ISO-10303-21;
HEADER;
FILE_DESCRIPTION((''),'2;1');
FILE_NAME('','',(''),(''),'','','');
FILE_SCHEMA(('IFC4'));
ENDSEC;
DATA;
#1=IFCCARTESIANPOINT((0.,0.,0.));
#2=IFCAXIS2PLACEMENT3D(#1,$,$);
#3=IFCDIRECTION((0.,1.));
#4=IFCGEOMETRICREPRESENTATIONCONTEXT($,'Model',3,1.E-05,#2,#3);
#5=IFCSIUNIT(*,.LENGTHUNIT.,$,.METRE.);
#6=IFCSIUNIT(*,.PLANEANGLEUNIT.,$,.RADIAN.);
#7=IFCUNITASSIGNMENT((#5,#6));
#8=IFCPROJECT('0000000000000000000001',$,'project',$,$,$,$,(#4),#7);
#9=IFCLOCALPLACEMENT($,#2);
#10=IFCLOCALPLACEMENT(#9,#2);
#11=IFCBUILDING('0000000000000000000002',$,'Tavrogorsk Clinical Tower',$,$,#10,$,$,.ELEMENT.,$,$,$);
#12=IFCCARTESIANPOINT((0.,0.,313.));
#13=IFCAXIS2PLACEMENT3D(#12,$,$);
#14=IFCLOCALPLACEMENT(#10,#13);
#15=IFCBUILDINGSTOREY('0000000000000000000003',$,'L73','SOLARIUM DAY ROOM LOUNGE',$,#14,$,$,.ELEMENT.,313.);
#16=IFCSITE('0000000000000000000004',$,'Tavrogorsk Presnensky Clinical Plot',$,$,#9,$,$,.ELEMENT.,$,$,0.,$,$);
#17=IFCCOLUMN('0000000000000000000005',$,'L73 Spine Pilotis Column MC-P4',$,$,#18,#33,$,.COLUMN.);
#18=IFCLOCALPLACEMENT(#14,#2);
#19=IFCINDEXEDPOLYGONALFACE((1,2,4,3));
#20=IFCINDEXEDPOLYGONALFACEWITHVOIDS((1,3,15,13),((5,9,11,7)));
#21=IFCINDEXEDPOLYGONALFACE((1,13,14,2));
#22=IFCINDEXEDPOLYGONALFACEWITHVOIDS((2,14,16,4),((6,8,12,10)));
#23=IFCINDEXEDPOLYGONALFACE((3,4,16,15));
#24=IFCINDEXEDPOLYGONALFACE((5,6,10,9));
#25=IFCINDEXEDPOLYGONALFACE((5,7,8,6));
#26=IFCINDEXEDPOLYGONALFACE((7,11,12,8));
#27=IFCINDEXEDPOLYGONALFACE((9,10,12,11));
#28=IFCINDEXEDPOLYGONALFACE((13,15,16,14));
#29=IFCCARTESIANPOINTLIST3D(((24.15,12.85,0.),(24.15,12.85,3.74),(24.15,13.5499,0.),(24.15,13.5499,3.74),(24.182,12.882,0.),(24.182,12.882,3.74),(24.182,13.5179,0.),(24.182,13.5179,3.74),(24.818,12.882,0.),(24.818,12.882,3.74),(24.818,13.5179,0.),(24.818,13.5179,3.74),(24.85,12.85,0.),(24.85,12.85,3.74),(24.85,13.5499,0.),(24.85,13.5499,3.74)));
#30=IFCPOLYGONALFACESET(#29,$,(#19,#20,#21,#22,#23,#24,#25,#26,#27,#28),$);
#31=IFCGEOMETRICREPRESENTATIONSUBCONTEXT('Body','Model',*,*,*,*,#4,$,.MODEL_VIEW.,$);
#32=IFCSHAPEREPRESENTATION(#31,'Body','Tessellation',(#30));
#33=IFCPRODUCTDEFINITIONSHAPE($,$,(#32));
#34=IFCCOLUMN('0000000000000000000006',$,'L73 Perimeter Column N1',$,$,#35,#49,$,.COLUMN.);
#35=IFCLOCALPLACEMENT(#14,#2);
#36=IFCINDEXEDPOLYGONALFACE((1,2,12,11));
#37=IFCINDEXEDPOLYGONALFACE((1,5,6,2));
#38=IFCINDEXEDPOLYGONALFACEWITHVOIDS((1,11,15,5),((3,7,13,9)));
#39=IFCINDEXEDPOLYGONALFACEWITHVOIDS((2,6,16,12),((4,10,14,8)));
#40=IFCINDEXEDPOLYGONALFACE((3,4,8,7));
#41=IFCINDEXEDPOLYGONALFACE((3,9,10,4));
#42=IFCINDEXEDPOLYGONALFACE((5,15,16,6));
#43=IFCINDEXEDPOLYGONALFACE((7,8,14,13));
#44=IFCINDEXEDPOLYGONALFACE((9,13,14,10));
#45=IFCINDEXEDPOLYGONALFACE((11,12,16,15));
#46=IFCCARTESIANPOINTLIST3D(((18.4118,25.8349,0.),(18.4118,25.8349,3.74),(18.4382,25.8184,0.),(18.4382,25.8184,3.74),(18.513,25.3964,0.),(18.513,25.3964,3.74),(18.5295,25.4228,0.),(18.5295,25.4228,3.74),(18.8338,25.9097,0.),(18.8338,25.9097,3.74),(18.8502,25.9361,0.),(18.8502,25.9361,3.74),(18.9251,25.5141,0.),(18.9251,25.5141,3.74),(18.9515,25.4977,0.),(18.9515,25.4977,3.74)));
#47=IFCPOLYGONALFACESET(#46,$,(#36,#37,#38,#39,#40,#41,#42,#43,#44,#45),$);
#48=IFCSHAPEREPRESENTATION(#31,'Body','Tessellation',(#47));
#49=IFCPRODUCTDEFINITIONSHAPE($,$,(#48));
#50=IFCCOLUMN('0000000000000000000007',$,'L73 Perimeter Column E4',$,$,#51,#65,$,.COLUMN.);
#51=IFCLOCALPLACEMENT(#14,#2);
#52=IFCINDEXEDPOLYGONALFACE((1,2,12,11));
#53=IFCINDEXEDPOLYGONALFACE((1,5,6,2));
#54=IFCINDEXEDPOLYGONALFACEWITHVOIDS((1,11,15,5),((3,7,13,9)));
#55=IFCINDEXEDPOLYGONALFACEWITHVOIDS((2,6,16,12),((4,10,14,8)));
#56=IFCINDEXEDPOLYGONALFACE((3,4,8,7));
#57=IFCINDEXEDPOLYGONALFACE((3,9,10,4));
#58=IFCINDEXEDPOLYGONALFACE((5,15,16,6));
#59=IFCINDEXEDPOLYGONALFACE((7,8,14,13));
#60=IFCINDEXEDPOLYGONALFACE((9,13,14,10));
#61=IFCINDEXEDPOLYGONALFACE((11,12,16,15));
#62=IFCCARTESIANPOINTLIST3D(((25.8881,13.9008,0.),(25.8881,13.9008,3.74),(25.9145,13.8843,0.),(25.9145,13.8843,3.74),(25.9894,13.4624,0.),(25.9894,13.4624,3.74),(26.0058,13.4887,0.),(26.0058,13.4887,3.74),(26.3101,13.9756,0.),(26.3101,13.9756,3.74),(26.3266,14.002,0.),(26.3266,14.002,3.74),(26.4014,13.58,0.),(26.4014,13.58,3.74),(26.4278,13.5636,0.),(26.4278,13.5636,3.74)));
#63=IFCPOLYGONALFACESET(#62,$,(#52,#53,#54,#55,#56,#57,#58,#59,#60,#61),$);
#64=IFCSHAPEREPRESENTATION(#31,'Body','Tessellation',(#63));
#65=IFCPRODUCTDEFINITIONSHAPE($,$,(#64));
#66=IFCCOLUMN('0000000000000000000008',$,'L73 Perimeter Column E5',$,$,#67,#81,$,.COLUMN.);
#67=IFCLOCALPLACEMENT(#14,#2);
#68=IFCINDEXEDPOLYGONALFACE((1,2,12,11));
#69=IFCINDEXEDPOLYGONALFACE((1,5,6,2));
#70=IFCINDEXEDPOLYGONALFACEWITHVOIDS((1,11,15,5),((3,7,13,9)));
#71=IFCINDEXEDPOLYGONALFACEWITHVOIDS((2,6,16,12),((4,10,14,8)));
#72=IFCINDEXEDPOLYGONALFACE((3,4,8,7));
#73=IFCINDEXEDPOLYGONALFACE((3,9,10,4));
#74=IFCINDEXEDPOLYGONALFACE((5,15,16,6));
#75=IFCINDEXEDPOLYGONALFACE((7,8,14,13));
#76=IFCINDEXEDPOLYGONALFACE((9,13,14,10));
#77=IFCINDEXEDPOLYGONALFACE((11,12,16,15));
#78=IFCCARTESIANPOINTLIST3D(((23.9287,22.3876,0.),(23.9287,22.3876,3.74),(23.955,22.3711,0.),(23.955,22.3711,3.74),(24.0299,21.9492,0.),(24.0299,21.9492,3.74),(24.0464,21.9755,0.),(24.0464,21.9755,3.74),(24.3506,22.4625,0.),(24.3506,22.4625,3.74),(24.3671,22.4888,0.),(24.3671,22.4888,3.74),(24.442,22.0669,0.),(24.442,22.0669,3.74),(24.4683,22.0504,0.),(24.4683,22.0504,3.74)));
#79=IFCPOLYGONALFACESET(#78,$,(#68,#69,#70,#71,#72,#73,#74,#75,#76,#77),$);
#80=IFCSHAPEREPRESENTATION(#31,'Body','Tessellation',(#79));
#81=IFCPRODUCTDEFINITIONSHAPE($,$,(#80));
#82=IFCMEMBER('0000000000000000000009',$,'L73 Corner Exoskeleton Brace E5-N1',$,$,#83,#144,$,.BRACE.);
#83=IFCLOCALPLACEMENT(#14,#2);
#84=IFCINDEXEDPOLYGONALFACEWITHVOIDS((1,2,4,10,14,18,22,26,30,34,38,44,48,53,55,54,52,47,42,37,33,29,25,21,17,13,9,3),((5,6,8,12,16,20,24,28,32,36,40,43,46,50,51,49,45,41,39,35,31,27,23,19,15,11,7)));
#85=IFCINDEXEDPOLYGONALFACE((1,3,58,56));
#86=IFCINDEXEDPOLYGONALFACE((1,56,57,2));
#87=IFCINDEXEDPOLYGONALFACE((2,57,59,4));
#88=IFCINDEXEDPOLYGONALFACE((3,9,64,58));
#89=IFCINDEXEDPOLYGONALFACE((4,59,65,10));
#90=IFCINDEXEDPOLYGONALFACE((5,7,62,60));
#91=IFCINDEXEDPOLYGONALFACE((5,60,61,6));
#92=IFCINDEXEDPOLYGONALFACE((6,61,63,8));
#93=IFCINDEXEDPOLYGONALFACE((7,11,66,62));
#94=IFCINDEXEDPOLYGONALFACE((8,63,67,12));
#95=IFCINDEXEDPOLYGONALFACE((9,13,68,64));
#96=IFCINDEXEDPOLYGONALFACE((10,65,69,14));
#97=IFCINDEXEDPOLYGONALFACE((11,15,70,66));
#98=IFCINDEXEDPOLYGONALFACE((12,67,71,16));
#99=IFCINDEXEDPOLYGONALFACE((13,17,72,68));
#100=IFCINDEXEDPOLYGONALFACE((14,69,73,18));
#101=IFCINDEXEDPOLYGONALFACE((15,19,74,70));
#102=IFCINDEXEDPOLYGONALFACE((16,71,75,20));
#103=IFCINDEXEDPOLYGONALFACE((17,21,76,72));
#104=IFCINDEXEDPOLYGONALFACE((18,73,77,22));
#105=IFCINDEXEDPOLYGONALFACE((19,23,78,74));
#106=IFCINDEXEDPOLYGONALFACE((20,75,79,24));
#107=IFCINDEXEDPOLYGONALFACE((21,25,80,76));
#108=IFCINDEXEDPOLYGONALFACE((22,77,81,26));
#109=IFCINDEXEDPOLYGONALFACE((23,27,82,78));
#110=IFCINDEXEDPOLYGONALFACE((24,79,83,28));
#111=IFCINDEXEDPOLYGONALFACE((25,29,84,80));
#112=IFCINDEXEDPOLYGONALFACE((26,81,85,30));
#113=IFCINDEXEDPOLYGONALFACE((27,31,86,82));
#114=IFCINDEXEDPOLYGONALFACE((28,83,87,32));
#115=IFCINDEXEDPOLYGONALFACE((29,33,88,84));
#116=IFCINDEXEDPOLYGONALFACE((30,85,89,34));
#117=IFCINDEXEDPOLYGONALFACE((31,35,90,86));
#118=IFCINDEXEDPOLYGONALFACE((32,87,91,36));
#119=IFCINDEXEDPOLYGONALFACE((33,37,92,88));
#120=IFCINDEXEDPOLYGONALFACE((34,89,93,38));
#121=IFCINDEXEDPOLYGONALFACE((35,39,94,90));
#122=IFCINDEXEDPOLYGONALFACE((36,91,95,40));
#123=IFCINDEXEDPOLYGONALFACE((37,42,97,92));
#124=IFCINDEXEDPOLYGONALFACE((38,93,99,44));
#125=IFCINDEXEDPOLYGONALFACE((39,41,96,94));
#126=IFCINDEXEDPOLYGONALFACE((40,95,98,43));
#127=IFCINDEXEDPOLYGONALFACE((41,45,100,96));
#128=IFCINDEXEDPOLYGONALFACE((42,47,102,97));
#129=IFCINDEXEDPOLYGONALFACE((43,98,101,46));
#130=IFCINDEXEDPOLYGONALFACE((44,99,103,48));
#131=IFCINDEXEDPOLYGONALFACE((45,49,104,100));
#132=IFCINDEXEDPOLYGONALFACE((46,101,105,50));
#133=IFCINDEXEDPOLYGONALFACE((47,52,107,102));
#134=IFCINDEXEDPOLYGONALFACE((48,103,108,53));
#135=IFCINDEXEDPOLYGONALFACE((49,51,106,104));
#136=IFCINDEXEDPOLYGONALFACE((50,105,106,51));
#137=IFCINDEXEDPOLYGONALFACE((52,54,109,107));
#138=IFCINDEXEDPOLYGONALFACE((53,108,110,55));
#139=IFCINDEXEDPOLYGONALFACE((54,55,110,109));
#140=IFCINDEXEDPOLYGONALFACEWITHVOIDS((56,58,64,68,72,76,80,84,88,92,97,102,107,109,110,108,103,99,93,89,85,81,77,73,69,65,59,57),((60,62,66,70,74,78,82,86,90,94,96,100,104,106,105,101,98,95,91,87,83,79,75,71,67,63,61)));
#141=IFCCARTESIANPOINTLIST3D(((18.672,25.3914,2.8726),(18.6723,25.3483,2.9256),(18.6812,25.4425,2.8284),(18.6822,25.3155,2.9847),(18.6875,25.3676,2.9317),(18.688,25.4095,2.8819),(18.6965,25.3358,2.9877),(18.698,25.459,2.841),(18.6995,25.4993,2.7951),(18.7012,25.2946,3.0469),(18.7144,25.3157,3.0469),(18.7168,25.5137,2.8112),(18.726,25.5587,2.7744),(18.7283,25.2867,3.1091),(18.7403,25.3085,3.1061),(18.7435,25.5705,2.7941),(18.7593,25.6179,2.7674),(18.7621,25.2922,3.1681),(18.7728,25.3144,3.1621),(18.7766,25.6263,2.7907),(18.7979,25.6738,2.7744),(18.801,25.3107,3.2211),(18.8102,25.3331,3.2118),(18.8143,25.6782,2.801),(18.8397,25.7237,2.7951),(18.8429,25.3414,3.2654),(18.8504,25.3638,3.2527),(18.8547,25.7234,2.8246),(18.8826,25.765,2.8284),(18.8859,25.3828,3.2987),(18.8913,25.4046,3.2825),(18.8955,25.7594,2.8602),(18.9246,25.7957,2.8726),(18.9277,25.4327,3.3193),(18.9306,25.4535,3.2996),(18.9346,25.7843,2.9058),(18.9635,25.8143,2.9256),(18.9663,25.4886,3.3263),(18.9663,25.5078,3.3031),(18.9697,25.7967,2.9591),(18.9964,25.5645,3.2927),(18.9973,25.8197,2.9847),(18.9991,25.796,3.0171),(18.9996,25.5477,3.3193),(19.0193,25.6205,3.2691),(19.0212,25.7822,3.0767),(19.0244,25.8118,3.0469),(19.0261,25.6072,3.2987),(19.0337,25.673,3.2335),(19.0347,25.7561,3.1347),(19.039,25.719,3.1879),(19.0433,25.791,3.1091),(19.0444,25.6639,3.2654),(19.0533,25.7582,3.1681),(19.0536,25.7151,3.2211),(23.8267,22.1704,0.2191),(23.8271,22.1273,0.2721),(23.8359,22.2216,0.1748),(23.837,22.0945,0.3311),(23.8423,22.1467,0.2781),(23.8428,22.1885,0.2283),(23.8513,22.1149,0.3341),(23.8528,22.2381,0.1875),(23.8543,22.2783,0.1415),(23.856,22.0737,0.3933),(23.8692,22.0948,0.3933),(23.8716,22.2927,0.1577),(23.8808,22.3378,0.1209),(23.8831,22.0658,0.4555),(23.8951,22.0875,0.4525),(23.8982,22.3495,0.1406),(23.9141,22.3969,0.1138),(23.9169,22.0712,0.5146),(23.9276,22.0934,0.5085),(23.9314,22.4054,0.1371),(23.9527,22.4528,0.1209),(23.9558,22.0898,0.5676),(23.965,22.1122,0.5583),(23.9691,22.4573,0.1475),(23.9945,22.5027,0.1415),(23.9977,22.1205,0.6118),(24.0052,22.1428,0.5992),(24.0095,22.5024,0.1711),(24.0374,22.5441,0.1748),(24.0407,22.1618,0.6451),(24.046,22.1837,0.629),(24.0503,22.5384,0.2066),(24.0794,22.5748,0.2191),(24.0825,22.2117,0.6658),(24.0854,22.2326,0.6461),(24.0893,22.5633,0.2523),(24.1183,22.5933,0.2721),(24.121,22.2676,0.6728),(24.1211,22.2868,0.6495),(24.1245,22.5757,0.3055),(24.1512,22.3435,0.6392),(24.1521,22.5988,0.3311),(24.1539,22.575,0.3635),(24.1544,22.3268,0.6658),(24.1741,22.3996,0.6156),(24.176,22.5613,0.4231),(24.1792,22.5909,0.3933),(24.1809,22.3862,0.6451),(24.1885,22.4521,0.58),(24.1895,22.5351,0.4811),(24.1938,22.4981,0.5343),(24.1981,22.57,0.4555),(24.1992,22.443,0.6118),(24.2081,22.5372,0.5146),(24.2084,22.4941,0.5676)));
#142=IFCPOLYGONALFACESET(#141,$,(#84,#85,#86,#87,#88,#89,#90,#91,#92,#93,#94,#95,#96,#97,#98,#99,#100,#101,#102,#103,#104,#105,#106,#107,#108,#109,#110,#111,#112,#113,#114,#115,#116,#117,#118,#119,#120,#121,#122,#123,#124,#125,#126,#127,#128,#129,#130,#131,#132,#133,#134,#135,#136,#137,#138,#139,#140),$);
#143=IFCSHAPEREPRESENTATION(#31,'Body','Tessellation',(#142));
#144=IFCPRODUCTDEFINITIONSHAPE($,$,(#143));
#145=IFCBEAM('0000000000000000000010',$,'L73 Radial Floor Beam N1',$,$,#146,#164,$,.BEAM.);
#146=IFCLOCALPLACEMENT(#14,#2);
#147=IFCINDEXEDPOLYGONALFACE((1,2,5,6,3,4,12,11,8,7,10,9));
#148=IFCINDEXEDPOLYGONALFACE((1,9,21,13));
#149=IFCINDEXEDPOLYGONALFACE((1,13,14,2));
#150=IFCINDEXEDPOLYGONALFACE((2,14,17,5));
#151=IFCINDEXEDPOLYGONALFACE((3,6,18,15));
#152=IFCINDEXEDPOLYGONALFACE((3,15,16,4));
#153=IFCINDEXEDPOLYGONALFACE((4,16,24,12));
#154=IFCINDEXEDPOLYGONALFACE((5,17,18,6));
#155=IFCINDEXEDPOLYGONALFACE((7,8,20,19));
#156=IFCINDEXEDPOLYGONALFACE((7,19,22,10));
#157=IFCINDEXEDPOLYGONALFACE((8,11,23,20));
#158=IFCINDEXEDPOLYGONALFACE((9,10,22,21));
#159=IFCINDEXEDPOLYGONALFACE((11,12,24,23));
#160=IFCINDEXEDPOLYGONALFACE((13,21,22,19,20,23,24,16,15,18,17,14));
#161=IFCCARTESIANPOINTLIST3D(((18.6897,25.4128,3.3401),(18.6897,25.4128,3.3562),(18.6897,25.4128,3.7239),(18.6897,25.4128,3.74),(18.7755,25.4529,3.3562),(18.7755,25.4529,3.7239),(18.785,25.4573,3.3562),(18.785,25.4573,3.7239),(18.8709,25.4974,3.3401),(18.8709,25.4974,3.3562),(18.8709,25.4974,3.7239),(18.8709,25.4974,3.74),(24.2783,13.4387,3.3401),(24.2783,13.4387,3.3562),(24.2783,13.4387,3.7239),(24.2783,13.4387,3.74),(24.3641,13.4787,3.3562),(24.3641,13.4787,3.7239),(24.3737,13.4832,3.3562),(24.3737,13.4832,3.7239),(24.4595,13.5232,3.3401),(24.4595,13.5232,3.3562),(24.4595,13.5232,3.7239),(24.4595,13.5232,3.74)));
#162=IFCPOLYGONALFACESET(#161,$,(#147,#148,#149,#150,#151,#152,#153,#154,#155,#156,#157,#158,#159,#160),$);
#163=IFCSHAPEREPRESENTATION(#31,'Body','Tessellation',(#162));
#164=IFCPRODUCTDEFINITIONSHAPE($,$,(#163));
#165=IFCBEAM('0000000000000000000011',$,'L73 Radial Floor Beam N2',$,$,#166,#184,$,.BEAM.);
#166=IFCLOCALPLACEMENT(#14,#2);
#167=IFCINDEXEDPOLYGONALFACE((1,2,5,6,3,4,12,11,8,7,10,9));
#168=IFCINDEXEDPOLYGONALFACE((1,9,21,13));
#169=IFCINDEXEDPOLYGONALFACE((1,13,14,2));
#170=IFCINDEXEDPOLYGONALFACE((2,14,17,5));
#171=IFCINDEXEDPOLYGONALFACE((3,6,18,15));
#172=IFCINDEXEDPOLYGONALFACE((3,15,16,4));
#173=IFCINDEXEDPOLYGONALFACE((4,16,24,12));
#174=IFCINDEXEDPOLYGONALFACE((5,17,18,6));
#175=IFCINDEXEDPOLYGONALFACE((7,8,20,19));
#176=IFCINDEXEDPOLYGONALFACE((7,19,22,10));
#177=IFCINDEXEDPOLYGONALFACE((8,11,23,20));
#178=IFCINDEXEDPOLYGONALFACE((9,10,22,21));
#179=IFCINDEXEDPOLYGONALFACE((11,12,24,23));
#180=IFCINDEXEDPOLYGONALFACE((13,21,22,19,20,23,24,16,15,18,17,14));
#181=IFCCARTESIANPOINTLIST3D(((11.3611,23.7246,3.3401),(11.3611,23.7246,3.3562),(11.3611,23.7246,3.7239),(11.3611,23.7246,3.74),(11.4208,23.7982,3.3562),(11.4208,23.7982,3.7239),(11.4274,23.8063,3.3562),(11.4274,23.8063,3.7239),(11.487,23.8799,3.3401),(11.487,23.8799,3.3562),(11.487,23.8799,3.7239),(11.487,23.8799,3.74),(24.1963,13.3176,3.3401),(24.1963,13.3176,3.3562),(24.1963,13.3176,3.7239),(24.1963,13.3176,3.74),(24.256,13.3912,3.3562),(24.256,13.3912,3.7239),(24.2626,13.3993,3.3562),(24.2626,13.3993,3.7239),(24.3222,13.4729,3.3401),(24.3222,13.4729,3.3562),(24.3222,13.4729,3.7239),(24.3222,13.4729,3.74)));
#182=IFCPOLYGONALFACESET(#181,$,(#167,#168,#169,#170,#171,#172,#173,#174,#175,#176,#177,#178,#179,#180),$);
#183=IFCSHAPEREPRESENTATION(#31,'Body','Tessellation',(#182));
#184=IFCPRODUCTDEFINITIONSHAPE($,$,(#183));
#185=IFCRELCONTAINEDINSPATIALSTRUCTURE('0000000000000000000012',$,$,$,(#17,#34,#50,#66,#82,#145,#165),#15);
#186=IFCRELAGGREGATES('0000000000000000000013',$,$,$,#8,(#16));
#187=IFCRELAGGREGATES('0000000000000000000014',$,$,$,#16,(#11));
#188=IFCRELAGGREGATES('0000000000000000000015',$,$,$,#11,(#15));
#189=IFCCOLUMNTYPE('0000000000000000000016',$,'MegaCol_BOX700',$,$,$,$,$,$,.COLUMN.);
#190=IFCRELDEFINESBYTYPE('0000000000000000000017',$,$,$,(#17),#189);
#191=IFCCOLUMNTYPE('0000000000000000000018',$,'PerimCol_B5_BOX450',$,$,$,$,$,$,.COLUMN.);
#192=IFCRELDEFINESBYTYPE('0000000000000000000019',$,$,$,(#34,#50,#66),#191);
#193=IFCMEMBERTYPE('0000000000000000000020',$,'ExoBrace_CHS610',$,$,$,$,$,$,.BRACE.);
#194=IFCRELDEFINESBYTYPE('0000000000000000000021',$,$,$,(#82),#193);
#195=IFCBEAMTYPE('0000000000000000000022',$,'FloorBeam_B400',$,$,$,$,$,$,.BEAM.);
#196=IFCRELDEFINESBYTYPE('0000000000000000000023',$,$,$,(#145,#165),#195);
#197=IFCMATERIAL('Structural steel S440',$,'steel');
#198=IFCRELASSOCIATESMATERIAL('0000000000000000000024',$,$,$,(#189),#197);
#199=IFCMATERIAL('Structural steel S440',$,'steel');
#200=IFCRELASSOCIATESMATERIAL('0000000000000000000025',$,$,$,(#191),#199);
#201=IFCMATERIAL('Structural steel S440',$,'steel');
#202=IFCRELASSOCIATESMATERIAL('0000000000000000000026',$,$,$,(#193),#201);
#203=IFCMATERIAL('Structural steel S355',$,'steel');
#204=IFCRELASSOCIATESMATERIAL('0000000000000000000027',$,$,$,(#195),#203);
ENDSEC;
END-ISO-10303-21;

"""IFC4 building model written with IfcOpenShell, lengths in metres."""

from ifc_helpers import new_model, si_unit, direction, frame, origin, origin_2d, place, context, subcontext, project, spatial, hollow_rectangle, hollow_circle, i_section, extrude, material, material_profile, profile_set, type_object, element, save


model = new_model("IFC4")

# Units and contexts
model_context = context("Model", 3, precision=1e-05, world=origin(), true_north=direction((0.0, 1.0)))
body_context = subcontext(model_context, "Body", "Model", "MODEL_VIEW")
ifc_project = project(units=[si_unit("LENGTHUNIT", "METRE"), si_unit("PLANEANGLEUNIT", "RADIAN")], contexts=[model_context])

# Site, building, storey
site_placement = place(None, origin())
site = spatial("IfcSite", under=ifc_project, at=site_placement, Name="Tavrogorsk Presnensky Clinical Plot", CompositionType="ELEMENT", RefElevation=0.0)
building_placement = place(site_placement, origin())
building = spatial("IfcBuilding", under=site, at=building_placement, Name="Tavrogorsk Clinical Tower", CompositionType="ELEMENT")
storey_placement = place(building_placement, frame((0.0, 0.0, 313.0)))
storey = spatial("IfcBuildingStorey", under=building, at=storey_placement, Name="L73", Description="SOLARIUM DAY ROOM LOUNGE", CompositionType="ELEMENT", Elevation=313.0)

# Columns
ifc_material_1 = material(Name="Structural steel S440", Category="steel")
ifc_material_profile_1 = material_profile(ifc_material_1, hollow_rectangle(XDim=0.7, YDim=0.7, WallThickness=0.032, at=origin_2d()), Name="BOX-700x700x32")
ifc_profile_set_1 = profile_set([ifc_material_profile_1], Name="Structural steel S440")
column_type_1 = type_object("IfcColumnType", Name="MegaCol_BOX700", PredefinedType="COLUMN", material=ifc_profile_set_1)
column_placement = place(storey_placement, frame((24.5, 13.2, 0.0), z_axis=(0.0, 0.0, 1.0), x_axis=(1.0, 0.0, 0.0)))
element("IfcColumn", 1, at=column_placement, inside=storey, type_object=column_type_1, Name="L73 Spine Pilotis Column MC-P4", PredefinedType="COLUMN", context=body_context, shape_type="SweptSolid", body=[
    extrude(hollow_rectangle(XDim=0.7, YDim=0.7, WallThickness=0.032, at=origin_2d()), origin(), (0.0, 0.0, 1.0), 3.74),
])
ifc_material_2 = material(Name="Structural steel S440", Category="steel")
ifc_material_profile_2 = material_profile(ifc_material_2, hollow_rectangle(XDim=0.45, YDim=0.45, WallThickness=0.022, at=origin_2d()), Name="BOX-450x450x22")
ifc_profile_set_2 = profile_set([ifc_material_profile_2], Name="Structural steel S440")
column_type_2 = type_object("IfcColumnType", Name="PerimCol_B5_BOX450", PredefinedType="COLUMN", material=ifc_profile_set_2)
for number, where, z_axis, x_axis, name in (
    (2, (18.6816, 25.6663, 0.0), (0.0, 0.0, 1.0), (0.97437, 0.224951, 0.0), "L73 Perimeter Column N1"),
    (3, (26.158, 13.7322, 0.0), (0.0, 0.0, 1.0), (0.97437, 0.224951, 0.0), "L73 Perimeter Column E4"),
    (4, (24.1985, 22.219, 0.0), (0.0, 0.0, 1.0), (0.97437, 0.224951, 0.0), "L73 Perimeter Column E5"),
):
    element("IfcColumn", number, at=place(storey_placement, frame(where, z_axis=z_axis, x_axis=x_axis)), inside=storey, type_object=column_type_2, Name=name, PredefinedType="COLUMN", context=body_context, shape_type="SweptSolid", body=[
        extrude(hollow_rectangle(XDim=0.45, YDim=0.45, WallThickness=0.022, at=origin_2d()), origin(), (0.0, 0.0, 1.0), 3.74),
    ])

# Member
ifc_material_3 = material(Name="Structural steel S440", Category="steel")
ifc_material_profile_3 = material_profile(ifc_material_3, hollow_circle(Radius=0.3049, WallThickness=0.0249, at=origin_2d()), Name="CHS-610x25")
ifc_profile_set_3 = profile_set([ifc_material_profile_3], Name="Structural steel S440")
member_type_1 = type_object("IfcMemberType", Name="ExoBrace_CHS610", PredefinedType="BRACE", material=ifc_profile_set_3)
member_placement = place(storey_placement, frame((24.0176, 22.3323, 0.3933), z_axis=(-0.777222, 0.485644, 0.400096), x_axis=(-0.529905, -0.848057, 0.0)))
element("IfcMember", 5, at=member_placement, inside=storey, type_object=member_type_1, Name="L73 Corner Exoskeleton Brace E5-N1", PredefinedType="BRACE", context=body_context, shape_type="SweptSolid", body=[
    extrude(hollow_circle(Radius=0.3049, WallThickness=0.0249, at=origin_2d()), origin(), (0.0, 0.0, 1.0), 6.6323),
])

# Beams
ifc_material_4 = material(Name="Structural steel S355", Category="steel")
ifc_material_profile_4 = material_profile(ifc_material_4, i_section(OverallWidth=0.2, OverallDepth=0.3999, WebThickness=0.0105, FlangeThickness=0.0161, at=origin_2d()), Name="B-400x200x10.5x16")
ifc_profile_set_4 = profile_set([ifc_material_profile_4], Name="Structural steel S355")
beam_type_1 = type_object("IfcBeamType", Name="FloorBeam_B400", PredefinedType="BEAM", material=ifc_profile_set_4)
beam_1_placement = place(storey_placement, frame((24.3689, 13.481, 3.54), z_axis=(-0.422929, 0.906163, 0.0), x_axis=(-0.906163, -0.422929, 0.0)))
element("IfcBeam", 6, at=beam_1_placement, inside=storey, type_object=beam_type_1, Name="L73 Radial Floor Beam N1", PredefinedType="BEAM", context=body_context, shape_type="SweptSolid", body=[
    extrude(i_section(OverallWidth=0.2, OverallDepth=0.3999, WebThickness=0.0105, FlangeThickness=0.0161, at=origin_2d()), origin(), (0.0, 0.0, 1.0), 13.2141),
])
beam_2_placement = place(storey_placement, frame((24.2593, 13.3953, 3.54), z_axis=(-0.776754, 0.629804, 0.0), x_axis=(-0.629804, -0.776754, 0.0)))
element("IfcBeam", 7, at=beam_2_placement, inside=storey, type_object=beam_type_1, Name="L73 Radial Floor Beam N2", PredefinedType="BEAM", context=body_context, shape_type="SweptSolid", body=[
    extrude(i_section(OverallWidth=0.2, OverallDepth=0.3999, WebThickness=0.0105, FlangeThickness=0.0161, at=origin_2d()), origin(), (0.0, 0.0, 1.0), 16.5242),
])

save(model, "model.ifc")
